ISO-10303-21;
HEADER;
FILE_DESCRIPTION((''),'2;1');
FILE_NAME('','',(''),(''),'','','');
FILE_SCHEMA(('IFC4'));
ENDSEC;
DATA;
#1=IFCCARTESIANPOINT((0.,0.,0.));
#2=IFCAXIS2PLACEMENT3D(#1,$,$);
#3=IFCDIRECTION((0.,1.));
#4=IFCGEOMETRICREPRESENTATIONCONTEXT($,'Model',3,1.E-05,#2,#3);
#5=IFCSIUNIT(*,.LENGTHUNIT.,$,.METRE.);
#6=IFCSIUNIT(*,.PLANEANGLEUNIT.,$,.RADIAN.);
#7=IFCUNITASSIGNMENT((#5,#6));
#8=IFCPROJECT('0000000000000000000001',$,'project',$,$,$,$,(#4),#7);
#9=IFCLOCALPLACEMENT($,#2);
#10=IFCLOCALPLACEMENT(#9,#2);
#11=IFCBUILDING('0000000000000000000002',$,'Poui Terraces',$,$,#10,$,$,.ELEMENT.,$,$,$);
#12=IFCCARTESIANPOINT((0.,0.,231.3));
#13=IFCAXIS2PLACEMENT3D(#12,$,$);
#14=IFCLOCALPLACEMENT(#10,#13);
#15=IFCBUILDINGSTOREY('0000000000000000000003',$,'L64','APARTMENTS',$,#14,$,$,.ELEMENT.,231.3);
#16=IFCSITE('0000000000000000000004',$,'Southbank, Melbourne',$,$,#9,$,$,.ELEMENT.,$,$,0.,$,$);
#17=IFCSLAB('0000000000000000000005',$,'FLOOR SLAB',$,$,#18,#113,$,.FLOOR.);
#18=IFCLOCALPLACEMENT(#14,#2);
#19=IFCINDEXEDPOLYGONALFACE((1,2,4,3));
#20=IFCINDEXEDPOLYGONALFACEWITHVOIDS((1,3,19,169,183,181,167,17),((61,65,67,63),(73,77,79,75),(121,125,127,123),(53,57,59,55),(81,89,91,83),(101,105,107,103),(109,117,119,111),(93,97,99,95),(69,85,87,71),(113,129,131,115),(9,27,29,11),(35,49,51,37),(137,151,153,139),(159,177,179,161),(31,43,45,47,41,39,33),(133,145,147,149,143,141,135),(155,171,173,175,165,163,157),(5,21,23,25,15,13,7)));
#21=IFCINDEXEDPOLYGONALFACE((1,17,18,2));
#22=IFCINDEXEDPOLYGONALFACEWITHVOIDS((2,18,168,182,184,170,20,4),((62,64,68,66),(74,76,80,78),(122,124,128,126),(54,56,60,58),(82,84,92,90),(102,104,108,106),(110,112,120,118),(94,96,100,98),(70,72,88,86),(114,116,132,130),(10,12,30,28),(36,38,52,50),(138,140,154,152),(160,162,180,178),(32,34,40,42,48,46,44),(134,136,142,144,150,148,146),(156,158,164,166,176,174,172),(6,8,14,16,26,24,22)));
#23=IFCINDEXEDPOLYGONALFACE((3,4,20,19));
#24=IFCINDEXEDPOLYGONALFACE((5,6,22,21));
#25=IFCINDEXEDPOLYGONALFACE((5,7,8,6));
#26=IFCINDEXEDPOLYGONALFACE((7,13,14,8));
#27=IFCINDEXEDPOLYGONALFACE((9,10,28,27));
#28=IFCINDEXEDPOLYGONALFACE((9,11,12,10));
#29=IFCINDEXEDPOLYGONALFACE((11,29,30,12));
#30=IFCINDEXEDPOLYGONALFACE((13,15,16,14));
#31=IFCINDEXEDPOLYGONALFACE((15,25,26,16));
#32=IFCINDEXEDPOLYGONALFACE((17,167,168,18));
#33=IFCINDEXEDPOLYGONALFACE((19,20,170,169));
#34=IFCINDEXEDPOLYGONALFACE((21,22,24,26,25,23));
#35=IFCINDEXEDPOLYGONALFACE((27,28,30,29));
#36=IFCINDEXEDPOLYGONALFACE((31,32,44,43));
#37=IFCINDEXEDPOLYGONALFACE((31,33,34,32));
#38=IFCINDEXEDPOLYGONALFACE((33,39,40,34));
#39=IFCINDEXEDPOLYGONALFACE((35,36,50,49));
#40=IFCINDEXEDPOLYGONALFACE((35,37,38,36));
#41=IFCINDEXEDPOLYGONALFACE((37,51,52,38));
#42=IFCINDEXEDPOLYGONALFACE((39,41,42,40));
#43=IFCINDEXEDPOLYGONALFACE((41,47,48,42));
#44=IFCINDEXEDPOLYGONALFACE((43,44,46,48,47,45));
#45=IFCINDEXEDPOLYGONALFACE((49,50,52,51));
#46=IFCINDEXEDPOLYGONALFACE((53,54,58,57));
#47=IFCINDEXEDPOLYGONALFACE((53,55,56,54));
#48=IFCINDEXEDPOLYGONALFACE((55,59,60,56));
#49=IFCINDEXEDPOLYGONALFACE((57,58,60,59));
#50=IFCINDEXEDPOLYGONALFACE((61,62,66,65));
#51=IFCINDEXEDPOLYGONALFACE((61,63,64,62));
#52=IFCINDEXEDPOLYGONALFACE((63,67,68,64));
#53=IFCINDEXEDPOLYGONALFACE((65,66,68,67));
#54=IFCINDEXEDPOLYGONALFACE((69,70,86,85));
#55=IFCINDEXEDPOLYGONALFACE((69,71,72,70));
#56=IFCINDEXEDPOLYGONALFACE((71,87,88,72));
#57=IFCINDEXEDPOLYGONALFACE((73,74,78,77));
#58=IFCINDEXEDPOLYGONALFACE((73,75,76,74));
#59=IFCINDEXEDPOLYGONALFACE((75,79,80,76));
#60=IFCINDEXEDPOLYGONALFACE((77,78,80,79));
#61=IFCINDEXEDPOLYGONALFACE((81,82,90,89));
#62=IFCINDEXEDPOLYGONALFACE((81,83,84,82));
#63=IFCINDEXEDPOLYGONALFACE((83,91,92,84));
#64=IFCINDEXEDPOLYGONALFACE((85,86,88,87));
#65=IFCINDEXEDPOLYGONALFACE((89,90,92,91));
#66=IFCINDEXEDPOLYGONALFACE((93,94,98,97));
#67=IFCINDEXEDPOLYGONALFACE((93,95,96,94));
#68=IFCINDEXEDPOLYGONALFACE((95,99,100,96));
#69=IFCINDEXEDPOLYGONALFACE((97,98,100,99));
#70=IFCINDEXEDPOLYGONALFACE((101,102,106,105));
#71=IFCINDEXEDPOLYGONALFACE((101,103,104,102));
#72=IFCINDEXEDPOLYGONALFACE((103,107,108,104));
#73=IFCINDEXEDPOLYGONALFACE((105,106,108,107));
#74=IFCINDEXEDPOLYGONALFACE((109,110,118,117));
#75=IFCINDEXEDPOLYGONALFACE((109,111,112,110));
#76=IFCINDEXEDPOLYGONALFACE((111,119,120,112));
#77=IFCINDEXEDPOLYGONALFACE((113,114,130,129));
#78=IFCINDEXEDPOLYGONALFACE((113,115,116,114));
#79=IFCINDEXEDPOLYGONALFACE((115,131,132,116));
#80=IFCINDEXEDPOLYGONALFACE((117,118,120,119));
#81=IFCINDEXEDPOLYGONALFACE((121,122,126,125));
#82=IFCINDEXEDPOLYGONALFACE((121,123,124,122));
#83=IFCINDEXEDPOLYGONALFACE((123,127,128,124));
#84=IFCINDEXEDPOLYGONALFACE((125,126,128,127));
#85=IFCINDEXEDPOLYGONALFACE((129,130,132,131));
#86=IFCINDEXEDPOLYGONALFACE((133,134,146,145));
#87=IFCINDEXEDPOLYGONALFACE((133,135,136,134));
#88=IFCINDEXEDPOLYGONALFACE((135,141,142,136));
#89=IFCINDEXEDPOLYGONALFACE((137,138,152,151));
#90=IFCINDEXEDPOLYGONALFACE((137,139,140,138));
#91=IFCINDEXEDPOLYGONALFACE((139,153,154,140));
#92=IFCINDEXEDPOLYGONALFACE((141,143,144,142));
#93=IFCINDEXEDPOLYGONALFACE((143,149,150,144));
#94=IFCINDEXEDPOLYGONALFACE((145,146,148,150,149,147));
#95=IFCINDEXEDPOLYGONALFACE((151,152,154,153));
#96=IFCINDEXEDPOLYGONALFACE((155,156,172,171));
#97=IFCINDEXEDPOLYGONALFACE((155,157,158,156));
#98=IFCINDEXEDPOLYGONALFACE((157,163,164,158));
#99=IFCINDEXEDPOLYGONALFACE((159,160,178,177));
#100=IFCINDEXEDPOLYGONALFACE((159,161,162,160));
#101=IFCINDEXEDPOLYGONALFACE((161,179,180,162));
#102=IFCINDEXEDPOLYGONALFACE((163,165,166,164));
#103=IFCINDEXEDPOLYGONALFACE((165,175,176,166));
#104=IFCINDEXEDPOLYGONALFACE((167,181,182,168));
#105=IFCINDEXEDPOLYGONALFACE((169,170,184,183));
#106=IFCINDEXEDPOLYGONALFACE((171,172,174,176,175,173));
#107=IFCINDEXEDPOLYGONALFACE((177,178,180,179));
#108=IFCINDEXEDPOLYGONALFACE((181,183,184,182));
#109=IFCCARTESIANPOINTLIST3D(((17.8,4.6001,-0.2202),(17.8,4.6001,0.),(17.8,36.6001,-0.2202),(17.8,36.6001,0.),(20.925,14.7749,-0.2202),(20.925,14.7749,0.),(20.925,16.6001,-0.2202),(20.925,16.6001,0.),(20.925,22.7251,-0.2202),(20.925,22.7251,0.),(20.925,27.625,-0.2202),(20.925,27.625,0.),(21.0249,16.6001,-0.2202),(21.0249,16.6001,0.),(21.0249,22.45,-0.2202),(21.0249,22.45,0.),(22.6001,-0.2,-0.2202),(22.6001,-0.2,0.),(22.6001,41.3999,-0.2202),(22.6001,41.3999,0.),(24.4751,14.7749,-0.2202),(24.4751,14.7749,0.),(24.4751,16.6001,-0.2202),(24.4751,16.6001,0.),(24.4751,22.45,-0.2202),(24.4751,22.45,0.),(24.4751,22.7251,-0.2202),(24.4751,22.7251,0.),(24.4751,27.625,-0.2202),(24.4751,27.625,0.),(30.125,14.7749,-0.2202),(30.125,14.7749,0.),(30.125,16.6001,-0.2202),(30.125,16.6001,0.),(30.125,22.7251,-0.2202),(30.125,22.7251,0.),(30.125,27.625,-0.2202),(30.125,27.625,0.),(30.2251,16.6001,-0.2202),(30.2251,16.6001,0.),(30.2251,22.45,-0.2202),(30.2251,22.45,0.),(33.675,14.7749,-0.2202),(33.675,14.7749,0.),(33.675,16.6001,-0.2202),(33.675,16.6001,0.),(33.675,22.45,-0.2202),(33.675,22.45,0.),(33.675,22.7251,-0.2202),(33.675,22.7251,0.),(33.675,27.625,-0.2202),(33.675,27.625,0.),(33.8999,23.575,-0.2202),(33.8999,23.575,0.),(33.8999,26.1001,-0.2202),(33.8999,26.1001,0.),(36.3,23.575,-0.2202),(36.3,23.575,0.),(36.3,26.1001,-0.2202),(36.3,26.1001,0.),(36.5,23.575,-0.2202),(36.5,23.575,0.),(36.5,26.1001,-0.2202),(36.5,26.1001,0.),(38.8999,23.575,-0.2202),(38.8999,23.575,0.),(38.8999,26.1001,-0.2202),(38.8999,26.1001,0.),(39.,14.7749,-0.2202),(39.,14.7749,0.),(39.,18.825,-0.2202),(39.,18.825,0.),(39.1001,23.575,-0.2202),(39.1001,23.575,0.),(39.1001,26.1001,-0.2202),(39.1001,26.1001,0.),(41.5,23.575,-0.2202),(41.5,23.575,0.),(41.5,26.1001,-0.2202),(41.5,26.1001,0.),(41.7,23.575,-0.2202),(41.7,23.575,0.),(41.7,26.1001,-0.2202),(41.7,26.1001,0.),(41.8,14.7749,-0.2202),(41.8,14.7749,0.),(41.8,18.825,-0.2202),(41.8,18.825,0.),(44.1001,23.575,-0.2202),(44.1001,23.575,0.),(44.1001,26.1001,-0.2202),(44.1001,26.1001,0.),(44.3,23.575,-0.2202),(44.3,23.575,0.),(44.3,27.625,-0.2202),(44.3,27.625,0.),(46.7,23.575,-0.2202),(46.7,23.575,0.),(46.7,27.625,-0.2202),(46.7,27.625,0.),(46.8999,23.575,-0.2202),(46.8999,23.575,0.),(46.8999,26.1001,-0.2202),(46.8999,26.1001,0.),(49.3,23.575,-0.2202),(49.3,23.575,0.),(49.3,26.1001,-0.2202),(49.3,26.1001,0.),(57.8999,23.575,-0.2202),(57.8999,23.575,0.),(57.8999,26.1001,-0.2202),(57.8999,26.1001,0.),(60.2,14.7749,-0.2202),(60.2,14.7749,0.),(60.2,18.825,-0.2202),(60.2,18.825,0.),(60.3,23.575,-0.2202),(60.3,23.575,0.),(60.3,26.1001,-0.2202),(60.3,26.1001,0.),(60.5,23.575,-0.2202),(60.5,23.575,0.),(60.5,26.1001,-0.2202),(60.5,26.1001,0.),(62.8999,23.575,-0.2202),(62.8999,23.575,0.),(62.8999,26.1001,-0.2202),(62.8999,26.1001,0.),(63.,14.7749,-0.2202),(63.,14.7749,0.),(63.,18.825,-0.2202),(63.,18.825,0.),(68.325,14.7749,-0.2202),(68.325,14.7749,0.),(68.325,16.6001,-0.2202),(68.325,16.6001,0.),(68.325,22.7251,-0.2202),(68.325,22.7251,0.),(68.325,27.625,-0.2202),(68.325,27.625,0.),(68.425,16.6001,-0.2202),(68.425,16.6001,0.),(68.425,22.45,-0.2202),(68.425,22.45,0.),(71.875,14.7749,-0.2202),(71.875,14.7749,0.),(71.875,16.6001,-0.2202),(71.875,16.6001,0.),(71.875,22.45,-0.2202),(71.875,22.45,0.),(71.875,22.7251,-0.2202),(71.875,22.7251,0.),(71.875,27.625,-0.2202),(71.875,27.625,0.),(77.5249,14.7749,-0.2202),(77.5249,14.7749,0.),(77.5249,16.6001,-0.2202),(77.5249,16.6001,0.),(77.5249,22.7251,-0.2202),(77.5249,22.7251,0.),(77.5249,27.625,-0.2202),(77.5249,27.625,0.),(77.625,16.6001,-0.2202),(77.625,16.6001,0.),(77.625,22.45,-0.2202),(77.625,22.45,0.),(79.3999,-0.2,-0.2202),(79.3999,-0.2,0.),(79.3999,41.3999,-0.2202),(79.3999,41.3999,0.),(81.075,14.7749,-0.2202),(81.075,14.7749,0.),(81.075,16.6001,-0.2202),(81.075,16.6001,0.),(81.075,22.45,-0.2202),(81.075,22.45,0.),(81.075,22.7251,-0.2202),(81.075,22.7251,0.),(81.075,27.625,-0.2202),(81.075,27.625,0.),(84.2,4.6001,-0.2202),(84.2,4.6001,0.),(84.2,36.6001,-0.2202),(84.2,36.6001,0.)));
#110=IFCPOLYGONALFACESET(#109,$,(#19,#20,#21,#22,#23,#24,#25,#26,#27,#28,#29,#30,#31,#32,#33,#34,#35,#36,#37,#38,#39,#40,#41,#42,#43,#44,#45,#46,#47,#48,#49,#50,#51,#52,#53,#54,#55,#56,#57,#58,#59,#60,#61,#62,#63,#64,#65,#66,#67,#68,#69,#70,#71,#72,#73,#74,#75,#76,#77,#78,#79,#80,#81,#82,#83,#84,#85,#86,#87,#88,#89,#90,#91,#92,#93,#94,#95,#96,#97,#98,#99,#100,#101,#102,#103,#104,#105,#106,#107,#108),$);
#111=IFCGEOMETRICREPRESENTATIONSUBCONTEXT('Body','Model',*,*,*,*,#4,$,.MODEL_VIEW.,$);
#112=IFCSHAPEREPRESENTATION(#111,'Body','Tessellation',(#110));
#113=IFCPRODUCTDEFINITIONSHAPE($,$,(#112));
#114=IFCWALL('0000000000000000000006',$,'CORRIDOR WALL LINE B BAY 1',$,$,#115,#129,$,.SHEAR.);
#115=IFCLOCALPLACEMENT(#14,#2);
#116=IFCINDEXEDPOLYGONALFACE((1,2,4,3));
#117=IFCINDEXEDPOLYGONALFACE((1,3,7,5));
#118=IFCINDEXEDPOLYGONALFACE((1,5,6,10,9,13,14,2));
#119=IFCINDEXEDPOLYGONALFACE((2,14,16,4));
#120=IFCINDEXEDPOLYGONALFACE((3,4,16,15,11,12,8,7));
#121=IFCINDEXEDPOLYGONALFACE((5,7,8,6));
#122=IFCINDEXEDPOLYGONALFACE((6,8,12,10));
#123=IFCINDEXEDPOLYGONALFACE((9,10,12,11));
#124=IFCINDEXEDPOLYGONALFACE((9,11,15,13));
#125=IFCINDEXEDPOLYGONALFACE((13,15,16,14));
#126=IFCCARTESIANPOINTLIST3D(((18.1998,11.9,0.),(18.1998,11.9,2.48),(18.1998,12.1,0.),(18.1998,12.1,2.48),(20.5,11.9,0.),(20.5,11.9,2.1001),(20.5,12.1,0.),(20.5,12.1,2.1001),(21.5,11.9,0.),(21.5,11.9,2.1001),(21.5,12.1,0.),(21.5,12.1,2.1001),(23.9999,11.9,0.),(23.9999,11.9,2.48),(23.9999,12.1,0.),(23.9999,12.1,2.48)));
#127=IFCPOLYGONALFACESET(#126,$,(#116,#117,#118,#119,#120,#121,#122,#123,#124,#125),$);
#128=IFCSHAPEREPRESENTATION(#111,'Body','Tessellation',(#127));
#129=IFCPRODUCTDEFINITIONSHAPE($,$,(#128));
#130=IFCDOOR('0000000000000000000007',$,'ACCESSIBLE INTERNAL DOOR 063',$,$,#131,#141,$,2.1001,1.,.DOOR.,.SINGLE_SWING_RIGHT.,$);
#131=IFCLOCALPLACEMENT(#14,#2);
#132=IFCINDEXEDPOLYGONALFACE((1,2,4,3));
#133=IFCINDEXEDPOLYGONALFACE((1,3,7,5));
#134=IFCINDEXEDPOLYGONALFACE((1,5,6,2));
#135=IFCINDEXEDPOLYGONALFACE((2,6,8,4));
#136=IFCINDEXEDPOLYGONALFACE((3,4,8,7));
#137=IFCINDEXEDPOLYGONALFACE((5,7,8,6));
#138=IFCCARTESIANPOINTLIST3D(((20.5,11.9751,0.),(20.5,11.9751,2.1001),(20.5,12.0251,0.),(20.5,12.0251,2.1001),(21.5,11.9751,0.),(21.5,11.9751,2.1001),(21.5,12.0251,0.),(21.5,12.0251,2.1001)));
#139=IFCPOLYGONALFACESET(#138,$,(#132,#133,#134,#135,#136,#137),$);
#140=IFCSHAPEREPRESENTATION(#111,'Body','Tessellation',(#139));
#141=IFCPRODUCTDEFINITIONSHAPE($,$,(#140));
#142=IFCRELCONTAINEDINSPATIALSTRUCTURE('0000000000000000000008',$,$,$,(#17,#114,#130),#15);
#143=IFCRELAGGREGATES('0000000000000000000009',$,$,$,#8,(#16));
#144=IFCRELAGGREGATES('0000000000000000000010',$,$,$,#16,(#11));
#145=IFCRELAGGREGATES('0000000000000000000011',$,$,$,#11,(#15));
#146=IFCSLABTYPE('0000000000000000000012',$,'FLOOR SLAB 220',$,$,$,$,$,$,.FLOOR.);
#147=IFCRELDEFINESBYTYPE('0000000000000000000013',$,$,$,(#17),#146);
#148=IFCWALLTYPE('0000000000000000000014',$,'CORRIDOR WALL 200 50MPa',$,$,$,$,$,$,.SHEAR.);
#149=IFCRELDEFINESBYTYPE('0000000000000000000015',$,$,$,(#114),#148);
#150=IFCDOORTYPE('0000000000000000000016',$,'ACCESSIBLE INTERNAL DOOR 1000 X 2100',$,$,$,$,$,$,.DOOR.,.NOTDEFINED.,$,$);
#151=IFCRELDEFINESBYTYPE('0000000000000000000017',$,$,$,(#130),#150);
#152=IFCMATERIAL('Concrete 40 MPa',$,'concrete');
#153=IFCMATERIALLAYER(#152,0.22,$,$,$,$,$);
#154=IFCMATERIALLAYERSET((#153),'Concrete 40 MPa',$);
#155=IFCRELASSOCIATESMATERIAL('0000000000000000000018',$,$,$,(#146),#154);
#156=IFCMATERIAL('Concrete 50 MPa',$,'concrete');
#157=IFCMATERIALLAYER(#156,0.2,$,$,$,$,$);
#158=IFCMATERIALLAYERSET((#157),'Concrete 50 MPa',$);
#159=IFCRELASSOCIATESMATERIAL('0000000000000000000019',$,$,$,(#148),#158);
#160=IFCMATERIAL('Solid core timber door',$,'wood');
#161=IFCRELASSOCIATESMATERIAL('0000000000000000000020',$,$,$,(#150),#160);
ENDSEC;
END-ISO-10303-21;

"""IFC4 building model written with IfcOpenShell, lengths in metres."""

from ifc_helpers import new_model, si_unit, direction, frame, frame_2d, origin, place, context, subcontext, project, spatial, polyline, rectangle, outline, extrude, source, transform, mapped, material, layer, layer_set, type_object, element, fill, save


model = new_model("IFC4")

# Units and contexts
model_context = context("Model", 3, precision=1e-05, world=origin(), true_north=direction((0.0, 1.0)))
body_context = subcontext(model_context, "Body", "Model", "MODEL_VIEW")
ifc_project = project(units=[si_unit("LENGTHUNIT", "METRE"), si_unit("PLANEANGLEUNIT", "RADIAN")], contexts=[model_context])

# Site, building, storey
site_placement = place(None, origin())
site = spatial("IfcSite", under=ifc_project, at=site_placement, Name="Southbank, Melbourne", CompositionType="ELEMENT", RefElevation=0.0)
building_placement = place(site_placement, origin())
building = spatial("IfcBuilding", under=site, at=building_placement, Name="Poui Terraces", CompositionType="ELEMENT")
storey_placement = place(building_placement, frame((0.0, 0.0, 231.3)))
storey = spatial("IfcBuildingStorey", under=building, at=storey_placement, Name="L64", Description="APARTMENTS", CompositionType="ELEMENT", Elevation=231.3)

# Shared definitions
ifc_material_1 = material(Name="Concrete 50 MPa", Category="concrete")

# Slab
ifc_material_2 = material(Name="Concrete 40 MPa", Category="concrete")
ifc_layer_1 = layer(ifc_material_2, 0.22)
ifc_layer_set_1 = layer_set([ifc_layer_1], Name="Concrete 40 MPa")
slab_type_1 = type_object("IfcSlabType", Name="FLOOR SLAB 220", PredefinedType="FLOOR", material=ifc_layer_set_1)
shared_shape = source(origin(), body_context, "Body", "SweptSolid", [
    extrude(outline(polyline([(0.0, 0.0), (4.8, -4.8), (61.5999, -4.8), (66.3999, 0.0), (66.3999, 32.0), (61.5999, 36.7998), (4.8, 36.7998), (0.0, 32.0), (0.0, 0.0)]), holes=[polyline([(21.2, 10.1748), (21.2, 14.2249), (24.0, 14.2249), (24.0, 10.1748), (21.2, 10.1748)]), polyline([(3.2249, 17.8499), (6.675, 17.8499), (6.675, 12.0), (6.675, 10.1748), (3.125, 10.1748), (3.125, 12.0), (3.2249, 12.0), (3.2249, 17.8499)]), polyline([(12.425, 17.8499), (15.875, 17.8499), (15.875, 12.0), (15.875, 10.1748), (12.325, 10.1748), (12.325, 12.0), (12.425, 12.0), (12.425, 17.8499)]), polyline([(16.0999, 18.9749), (16.0999, 21.5), (18.5, 21.5), (18.5, 18.9749), (16.0999, 18.9749)]), polyline([(18.7, 18.9749), (18.7, 21.5), (21.0999, 21.5), (21.0999, 18.9749), (18.7, 18.9749)]), polyline([(21.3, 18.9749), (21.3, 21.5), (23.7, 21.5), (23.7, 18.9749), (21.3, 18.9749)]), polyline([(23.8999, 18.9749), (23.8999, 21.5), (26.3, 21.5), (26.3, 18.9749), (23.8999, 18.9749)]), polyline([(3.125, 23.0249), (6.675, 23.0249), (6.675, 18.125), (3.125, 18.125), (3.125, 23.0249)]), polyline([(12.325, 23.0249), (15.875, 23.0249), (15.875, 18.125), (12.325, 18.125), (12.325, 23.0249)]), polyline([(42.3999, 10.1748), (42.3999, 14.2249), (45.2, 14.2249), (45.2, 10.1748), (42.3999, 10.1748)]), polyline([(50.625, 17.8499), (54.075, 17.8499), (54.075, 12.0), (54.075, 10.1748), (50.5249, 10.1748), (50.5249, 12.0), (50.625, 12.0), (50.625, 17.8499)]), polyline([(59.825, 17.8499), (63.2749, 17.8499), (63.2749, 12.0), (63.2749, 10.1748), (59.7249, 10.1748), (59.7249, 12.0), (59.825, 12.0), (59.825, 17.8499)]), polyline([(29.0999, 18.9749), (29.0999, 21.5), (31.5, 21.5), (31.5, 18.9749), (29.0999, 18.9749)]), polyline([(40.0999, 18.9749), (40.0999, 21.5), (42.5, 21.5), (42.5, 18.9749), (40.0999, 18.9749)]), polyline([(42.7, 18.9749), (42.7, 21.5), (45.0999, 21.5), (45.0999, 18.9749), (42.7, 18.9749)]), polyline([(50.5249, 18.125), (50.5249, 23.0249), (54.075, 23.0249), (54.075, 18.125), (50.5249, 18.125)]), polyline([(59.7249, 23.0249), (63.2749, 23.0249), (63.2749, 18.125), (59.7249, 18.125), (59.7249, 23.0249)]), polyline([(26.5, 23.0249), (28.8999, 23.0249), (28.8999, 18.9749), (26.5, 18.9749), (26.5, 23.0249)])]), origin(), (0.0, 0.0, 1.0), 0.2202),
])
slab_1_placement = place(storey_placement, frame((17.8, 4.6001, -0.2202)))
element("IfcSlab", 1, at=slab_1_placement, inside=storey, type_object=slab_type_1, Name="FLOOR SLAB", PredefinedType="FLOOR", context=body_context, shape_type="MappedRepresentation", body=[
    mapped(shared_shape, transform((0.0, 0.0, 0.0))),
])

# Wall, opening, door
ifc_layer_2 = layer(ifc_material_1, 0.2)
ifc_layer_set_2 = layer_set([ifc_layer_2], Name="Concrete 50 MPa")
wall_type_1 = type_object("IfcWallType", Name="CORRIDOR WALL 200 50MPa", PredefinedType="SHEAR", material=ifc_layer_set_2)
wall_1_placement = place(storey_placement, frame((18.2, 12.0, 0.0), z_axis=(0.0, 0.0, 1.0), x_axis=(1.0, 0.0, 0.0)))
wall_1 = element("IfcWall", 2, at=wall_1_placement, inside=storey, type_object=wall_type_1, Name="CORRIDOR WALL LINE B BAY 1", PredefinedType="SHEAR", context=body_context, shape_type="SweptSolid", body=[
    extrude(rectangle(XDim=5.8, YDim=0.2, at=frame_2d((2.8999, 0.0))), origin(), (0.0, 0.0, 1.0), 2.48),
])
opening_1_placement = place(wall_1_placement, frame((2.3, 0.0, 0.0)))
opening_1 = element("IfcOpeningElement", 3, at=opening_1_placement, cuts=wall_1, PredefinedType="OPENING", context=body_context, shape_type="SweptSolid", body=[
    extrude(rectangle(XDim=1.0, YDim=2.1001, at=frame_2d((0.5, 1.05))), frame((0.0, 0.1099, 0.0), z_axis=(0.0, -1.0, 0.0), x_axis=(1.0, 0.0, 0.0)), (0.0, 0.0, 1.0), 0.22),
])
ifc_material_3 = material(Name="Solid core timber door", Category="wood")
door_type = type_object("IfcDoorType", Name="ACCESSIBLE INTERNAL DOOR 1000 X 2100", OperationType="NOTDEFINED", PredefinedType="DOOR", material=ifc_material_3)
door_placement = place(opening_1_placement, frame((1.0, 0.0, 0.0), z_axis=(0.0, 0.0, 1.0), x_axis=(-1.0, 0.0, 0.0)))
door = element("IfcDoor", 4, at=door_placement, inside=storey, type_object=door_type, Name="ACCESSIBLE INTERNAL DOOR 063", OperationType="SINGLE_SWING_RIGHT", OverallHeight=2.1001, OverallWidth=1.0, PredefinedType="DOOR", context=body_context, shape_type="SweptSolid", body=[
    extrude(rectangle(XDim=1.0, YDim=2.1001, at=frame_2d((0.5, 1.05))), frame((0.0, 0.0249, 0.0), z_axis=(0.0, -1.0, 0.0), x_axis=(1.0, 0.0, 0.0)), (0.0, 0.0, 1.0), 0.05),
])
fill(opening_1, door)

save(model, "model.ifc")
